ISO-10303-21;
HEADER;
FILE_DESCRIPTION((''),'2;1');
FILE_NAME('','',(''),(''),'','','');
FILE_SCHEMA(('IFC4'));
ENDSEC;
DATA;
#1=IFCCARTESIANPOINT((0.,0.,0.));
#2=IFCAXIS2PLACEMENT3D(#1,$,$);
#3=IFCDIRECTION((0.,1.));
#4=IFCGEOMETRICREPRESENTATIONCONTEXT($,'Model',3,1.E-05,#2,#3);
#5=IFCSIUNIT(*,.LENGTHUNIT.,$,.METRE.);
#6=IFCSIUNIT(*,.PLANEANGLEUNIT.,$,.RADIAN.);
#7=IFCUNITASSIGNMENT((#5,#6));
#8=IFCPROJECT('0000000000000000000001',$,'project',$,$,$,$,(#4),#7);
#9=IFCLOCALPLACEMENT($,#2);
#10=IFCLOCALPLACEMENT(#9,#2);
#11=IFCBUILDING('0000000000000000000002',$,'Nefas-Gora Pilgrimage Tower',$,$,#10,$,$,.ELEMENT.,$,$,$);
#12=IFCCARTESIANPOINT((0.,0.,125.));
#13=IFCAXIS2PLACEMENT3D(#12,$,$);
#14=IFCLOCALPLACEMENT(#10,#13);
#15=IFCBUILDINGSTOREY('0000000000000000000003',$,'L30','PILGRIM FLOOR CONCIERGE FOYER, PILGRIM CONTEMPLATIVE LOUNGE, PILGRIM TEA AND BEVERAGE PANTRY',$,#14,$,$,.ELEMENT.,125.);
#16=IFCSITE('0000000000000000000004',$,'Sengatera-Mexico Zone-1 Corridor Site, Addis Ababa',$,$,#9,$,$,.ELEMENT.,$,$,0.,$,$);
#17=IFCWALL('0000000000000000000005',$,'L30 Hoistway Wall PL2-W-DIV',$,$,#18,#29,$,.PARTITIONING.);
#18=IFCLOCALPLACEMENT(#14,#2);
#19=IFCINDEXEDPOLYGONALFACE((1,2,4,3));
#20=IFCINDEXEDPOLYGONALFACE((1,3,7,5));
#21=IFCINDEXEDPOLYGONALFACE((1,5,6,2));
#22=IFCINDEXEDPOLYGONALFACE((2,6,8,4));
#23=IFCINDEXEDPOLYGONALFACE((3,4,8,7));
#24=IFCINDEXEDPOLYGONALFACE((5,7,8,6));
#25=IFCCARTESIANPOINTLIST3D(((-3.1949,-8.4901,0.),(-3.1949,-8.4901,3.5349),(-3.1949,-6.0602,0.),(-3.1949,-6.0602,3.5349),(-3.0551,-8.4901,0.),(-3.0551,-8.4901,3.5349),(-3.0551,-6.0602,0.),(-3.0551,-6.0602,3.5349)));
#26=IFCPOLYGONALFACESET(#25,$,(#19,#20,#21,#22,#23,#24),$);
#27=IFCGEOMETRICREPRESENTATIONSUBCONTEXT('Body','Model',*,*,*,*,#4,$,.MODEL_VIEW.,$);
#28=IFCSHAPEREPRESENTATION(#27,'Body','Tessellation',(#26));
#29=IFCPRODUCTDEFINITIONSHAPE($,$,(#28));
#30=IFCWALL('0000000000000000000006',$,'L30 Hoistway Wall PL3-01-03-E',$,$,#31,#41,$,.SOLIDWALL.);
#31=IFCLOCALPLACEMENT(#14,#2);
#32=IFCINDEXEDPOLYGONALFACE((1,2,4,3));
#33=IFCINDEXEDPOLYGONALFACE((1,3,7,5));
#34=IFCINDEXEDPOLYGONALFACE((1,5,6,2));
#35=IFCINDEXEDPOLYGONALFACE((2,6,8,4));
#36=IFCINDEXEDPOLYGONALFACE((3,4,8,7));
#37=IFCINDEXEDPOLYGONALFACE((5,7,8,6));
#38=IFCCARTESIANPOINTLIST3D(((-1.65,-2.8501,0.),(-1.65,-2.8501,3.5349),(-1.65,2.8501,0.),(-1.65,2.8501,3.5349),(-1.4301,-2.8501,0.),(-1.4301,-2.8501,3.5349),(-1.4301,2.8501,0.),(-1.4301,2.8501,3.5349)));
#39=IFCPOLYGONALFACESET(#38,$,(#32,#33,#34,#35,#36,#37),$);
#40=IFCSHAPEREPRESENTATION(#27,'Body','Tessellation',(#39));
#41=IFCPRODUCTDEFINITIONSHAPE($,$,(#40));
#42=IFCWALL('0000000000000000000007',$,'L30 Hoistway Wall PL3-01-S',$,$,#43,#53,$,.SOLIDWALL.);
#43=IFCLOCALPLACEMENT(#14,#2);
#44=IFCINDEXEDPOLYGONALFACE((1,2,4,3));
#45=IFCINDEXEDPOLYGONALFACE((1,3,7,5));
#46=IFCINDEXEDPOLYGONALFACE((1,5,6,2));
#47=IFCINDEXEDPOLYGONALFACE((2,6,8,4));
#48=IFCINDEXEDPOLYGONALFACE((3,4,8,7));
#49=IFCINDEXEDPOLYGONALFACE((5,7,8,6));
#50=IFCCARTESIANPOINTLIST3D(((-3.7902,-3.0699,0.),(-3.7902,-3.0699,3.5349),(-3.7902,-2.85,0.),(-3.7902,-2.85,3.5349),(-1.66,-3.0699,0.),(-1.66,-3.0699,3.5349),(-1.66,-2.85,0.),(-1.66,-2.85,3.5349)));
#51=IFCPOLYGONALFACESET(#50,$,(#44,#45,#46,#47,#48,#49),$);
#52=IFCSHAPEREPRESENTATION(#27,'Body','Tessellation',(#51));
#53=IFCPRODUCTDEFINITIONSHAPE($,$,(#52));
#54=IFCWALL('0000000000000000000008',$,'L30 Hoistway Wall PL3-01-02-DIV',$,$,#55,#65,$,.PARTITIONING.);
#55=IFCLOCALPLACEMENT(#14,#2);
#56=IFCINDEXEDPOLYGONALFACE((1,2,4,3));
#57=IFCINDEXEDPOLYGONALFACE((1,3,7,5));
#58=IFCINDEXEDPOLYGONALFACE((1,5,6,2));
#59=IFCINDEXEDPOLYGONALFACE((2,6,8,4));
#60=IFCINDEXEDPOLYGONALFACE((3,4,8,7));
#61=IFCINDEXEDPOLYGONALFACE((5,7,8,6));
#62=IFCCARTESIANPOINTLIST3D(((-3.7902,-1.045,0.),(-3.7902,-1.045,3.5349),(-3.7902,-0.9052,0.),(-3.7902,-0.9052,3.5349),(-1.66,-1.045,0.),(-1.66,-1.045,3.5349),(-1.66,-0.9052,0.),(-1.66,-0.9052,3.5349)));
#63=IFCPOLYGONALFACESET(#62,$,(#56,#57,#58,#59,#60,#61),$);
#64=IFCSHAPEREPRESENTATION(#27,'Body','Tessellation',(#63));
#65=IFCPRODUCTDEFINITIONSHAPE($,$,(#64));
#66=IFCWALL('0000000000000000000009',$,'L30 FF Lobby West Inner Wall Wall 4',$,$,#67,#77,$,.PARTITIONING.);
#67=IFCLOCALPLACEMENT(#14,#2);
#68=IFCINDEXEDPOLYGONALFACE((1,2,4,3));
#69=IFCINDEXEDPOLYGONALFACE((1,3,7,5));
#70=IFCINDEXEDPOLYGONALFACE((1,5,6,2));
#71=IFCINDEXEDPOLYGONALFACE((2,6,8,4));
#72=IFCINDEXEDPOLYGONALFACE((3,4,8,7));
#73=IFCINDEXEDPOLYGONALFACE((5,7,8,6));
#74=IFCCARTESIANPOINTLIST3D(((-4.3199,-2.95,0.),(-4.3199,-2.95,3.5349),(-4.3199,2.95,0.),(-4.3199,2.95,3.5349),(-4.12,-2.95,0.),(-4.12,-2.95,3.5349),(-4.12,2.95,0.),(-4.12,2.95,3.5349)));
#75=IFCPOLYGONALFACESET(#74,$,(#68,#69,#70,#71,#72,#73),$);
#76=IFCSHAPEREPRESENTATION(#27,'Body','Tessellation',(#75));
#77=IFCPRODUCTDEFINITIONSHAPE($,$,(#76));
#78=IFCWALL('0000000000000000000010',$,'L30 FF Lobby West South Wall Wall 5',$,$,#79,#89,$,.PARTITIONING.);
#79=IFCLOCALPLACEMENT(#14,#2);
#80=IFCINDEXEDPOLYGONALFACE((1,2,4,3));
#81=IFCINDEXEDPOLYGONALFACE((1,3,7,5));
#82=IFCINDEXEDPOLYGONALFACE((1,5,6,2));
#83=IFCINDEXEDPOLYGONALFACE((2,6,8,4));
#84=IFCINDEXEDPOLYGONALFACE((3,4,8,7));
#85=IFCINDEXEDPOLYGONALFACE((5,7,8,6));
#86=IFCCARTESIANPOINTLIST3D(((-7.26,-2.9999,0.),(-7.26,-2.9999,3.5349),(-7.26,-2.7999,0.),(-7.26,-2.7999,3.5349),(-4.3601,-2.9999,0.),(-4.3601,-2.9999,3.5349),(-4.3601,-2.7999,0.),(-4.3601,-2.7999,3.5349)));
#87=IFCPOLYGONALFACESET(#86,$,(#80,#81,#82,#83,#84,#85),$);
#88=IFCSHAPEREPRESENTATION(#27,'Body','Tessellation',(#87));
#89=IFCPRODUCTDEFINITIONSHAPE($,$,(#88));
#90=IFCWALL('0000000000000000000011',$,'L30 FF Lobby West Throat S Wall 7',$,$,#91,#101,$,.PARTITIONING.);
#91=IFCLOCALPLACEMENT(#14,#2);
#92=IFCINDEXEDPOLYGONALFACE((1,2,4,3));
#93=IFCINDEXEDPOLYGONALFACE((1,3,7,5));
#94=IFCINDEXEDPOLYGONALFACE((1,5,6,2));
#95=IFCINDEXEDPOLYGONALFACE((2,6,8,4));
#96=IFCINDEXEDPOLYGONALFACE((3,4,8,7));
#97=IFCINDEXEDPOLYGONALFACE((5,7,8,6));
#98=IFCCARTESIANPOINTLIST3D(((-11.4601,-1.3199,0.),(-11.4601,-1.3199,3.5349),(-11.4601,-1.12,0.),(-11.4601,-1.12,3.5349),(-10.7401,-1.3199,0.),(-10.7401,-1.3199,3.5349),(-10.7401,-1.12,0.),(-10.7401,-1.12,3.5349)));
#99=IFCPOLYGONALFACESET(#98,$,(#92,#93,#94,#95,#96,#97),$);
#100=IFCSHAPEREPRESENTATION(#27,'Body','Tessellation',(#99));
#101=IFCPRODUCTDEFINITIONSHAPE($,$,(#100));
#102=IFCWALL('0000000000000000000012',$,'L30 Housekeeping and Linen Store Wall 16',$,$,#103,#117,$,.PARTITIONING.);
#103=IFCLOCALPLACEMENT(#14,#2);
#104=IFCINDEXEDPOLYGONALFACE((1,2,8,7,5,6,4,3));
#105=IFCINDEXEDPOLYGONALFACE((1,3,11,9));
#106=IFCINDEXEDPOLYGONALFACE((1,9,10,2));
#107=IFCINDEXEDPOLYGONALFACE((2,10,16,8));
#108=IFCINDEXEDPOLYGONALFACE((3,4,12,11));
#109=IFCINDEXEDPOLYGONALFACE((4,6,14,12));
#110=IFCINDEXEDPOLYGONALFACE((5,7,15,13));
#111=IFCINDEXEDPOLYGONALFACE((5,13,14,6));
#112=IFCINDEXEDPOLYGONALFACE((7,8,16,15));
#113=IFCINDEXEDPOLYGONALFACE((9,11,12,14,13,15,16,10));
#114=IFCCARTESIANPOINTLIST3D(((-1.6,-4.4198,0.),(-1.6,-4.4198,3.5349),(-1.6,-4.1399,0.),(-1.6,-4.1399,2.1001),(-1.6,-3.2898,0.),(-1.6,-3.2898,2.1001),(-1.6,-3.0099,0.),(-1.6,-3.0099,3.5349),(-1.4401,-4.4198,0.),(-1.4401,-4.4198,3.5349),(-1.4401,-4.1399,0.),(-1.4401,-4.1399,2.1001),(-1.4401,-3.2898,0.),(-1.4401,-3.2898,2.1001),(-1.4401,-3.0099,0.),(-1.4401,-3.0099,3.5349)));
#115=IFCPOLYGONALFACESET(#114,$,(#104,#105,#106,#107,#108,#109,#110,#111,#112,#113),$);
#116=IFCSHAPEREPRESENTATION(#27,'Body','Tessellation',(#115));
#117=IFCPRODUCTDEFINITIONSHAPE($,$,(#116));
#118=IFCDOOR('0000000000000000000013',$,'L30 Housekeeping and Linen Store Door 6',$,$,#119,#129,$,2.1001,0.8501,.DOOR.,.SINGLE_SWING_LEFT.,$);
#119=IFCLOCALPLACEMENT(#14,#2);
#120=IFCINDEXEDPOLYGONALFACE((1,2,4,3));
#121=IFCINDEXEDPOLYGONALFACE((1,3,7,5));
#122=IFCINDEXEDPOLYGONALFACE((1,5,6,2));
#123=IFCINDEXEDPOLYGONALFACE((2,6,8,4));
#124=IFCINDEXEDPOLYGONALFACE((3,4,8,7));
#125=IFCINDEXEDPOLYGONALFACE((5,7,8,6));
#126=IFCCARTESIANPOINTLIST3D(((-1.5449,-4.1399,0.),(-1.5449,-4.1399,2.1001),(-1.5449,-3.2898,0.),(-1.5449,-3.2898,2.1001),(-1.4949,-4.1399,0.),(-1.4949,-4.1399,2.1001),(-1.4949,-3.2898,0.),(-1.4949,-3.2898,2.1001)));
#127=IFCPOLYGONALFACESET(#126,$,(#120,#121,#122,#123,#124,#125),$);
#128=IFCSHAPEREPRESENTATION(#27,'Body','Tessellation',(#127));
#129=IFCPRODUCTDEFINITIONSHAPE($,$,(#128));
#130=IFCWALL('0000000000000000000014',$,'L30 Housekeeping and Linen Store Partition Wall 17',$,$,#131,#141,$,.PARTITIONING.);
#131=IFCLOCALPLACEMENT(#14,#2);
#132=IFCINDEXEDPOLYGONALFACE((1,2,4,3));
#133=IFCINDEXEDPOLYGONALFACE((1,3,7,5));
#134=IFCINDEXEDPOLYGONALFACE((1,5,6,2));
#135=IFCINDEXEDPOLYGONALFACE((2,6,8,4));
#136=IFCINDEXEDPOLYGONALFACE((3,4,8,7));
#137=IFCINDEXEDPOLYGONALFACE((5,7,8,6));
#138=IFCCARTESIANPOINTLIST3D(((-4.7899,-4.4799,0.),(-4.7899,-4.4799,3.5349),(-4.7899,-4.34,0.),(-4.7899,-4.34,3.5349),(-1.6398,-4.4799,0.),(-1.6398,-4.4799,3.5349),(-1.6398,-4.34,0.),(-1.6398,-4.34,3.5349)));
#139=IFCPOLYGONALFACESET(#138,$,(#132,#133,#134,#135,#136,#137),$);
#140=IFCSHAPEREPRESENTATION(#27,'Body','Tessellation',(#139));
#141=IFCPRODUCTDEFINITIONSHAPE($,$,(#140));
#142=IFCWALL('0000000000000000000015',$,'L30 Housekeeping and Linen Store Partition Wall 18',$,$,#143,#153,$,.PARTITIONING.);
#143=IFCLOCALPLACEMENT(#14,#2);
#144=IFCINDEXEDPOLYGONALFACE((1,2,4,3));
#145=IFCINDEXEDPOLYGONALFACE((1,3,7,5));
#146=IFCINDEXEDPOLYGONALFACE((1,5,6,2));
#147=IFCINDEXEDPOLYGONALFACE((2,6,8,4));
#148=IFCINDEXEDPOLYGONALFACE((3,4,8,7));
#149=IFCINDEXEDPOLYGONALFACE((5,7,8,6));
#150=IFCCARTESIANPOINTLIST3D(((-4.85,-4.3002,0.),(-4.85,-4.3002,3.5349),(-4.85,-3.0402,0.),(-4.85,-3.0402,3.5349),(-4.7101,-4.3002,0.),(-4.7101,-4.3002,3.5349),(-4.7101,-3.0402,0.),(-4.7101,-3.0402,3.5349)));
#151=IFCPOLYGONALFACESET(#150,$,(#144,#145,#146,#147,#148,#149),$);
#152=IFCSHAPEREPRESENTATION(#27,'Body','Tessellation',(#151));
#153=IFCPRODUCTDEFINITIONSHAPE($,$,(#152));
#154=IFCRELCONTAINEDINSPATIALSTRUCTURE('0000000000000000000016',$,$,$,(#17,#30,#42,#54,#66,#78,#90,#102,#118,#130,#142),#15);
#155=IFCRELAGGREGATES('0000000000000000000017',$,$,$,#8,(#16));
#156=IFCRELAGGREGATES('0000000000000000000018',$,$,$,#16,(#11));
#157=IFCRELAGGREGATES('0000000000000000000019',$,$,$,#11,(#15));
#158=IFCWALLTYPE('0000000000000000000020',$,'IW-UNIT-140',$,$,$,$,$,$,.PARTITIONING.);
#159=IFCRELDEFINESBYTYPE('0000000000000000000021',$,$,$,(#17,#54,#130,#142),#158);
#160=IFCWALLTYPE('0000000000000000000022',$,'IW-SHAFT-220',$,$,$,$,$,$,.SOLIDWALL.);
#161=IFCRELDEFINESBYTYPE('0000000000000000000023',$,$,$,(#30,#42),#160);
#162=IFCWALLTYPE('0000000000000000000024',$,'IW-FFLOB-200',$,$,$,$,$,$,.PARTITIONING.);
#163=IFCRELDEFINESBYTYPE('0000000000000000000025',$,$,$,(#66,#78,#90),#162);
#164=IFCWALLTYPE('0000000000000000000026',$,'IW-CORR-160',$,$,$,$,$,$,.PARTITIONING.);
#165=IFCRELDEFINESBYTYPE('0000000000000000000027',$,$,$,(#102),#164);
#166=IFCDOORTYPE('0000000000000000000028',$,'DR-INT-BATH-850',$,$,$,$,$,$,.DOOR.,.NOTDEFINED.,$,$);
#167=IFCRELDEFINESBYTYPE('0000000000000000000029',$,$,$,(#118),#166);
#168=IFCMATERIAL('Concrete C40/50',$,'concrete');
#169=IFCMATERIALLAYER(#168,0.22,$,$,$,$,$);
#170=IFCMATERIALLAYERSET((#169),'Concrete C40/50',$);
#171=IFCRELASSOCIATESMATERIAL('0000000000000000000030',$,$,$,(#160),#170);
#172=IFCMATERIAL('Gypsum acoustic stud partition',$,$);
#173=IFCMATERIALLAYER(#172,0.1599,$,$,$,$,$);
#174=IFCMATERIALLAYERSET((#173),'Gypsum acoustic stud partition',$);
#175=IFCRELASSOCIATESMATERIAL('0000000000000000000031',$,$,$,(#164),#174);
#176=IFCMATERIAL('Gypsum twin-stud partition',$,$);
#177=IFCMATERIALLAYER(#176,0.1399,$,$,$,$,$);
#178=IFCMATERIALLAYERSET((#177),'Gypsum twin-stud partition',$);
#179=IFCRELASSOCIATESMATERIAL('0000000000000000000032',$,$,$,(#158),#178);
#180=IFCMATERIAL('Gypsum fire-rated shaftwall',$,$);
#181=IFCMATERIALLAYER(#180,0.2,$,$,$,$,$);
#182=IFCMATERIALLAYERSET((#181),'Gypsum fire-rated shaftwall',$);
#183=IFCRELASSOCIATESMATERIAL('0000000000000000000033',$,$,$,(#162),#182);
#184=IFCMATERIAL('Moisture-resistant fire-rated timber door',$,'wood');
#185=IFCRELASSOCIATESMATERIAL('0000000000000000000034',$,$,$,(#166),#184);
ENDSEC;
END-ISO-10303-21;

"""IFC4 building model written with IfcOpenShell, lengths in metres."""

from ifc_helpers import new_model, si_unit, direction, frame, frame_2d, origin, place, context, subcontext, project, spatial, rectangle, extrude, source, transform, mapped, material, layer, layer_set, type_object, element, fill, save


model = new_model("IFC4")

# Units and contexts
model_context = context("Model", 3, precision=1e-05, world=origin(), true_north=direction((0.0, 1.0)))
body_context = subcontext(model_context, "Body", "Model", "MODEL_VIEW")
ifc_project = project(units=[si_unit("LENGTHUNIT", "METRE"), si_unit("PLANEANGLEUNIT", "RADIAN")], contexts=[model_context])

# Site, building, storey
site_placement = place(None, origin())
site = spatial("IfcSite", under=ifc_project, at=site_placement, Name="Sengatera-Mexico Zone-1 Corridor Site, Addis Ababa", CompositionType="ELEMENT", RefElevation=0.0)
building_placement = place(site_placement, origin())
building = spatial("IfcBuilding", under=site, at=building_placement, Name="Nefas-Gora Pilgrimage Tower", CompositionType="ELEMENT")
storey_placement = place(building_placement, frame((0.0, 0.0, 125.0)))
storey = spatial("IfcBuildingStorey", under=building, at=storey_placement, Name="L30", Description="PILGRIM FLOOR CONCIERGE FOYER, PILGRIM CONTEMPLATIVE LOUNGE, PILGRIM TEA AND BEVERAGE PANTRY", CompositionType="ELEMENT", Elevation=125.0)

# Walls
ifc_material_1 = material(Name="Concrete C40/50", Category="concrete")
ifc_layer_1 = layer(ifc_material_1, 0.22)
ifc_layer_set_1 = layer_set([ifc_layer_1], Name="Concrete C40/50")
wall_type_1 = type_object("IfcWallType", Name="IW-SHAFT-220", PredefinedType="SOLIDWALL", material=ifc_layer_set_1)
ifc_material_2 = material(Name="Gypsum acoustic stud partition")
ifc_layer_2 = layer(ifc_material_2, 0.1599)
ifc_layer_set_2 = layer_set([ifc_layer_2], Name="Gypsum acoustic stud partition")
wall_type_2 = type_object("IfcWallType", Name="IW-CORR-160", PredefinedType="PARTITIONING", material=ifc_layer_set_2)
ifc_material_3 = material(Name="Gypsum twin-stud partition")
ifc_layer_3 = layer(ifc_material_3, 0.1399)
ifc_layer_set_3 = layer_set([ifc_layer_3], Name="Gypsum twin-stud partition")
wall_type_3 = type_object("IfcWallType", Name="IW-UNIT-140", PredefinedType="PARTITIONING", material=ifc_layer_set_3)
shared_shape_1 = source(origin(), body_context, "Body", "SweptSolid", [
    extrude(rectangle(XDim=2.4299, YDim=0.1399, at=frame_2d((1.2148, 0.0))), origin(), (0.0, 0.0, 1.0), 3.5349),
])
wall_1_placement = place(storey_placement, frame((-3.125, -8.49, 0.0), z_axis=(0.0, 0.0, 1.0), x_axis=(0.0, 1.0, 0.0)))
element("IfcWall", 1, at=wall_1_placement, inside=storey, type_object=wall_type_3, Name="L30 Hoistway Wall PL2-W-DIV", PredefinedType="PARTITIONING", context=body_context, shape_type="MappedRepresentation", body=[
    mapped(shared_shape_1, transform((0.0, 0.0, 0.0), x_axis=(1.0, 0.0, 0.0), y_axis=(0.0, 1.0, 0.0), z_axis=(0.0, 0.0, 1.0), scale=1.0)),
])
shared_shape_2 = source(origin(), body_context, "Body", "SweptSolid", [
    extrude(rectangle(XDim=5.7002, YDim=0.22, at=frame_2d((2.8501, 0.0))), origin(), (0.0, 0.0, 1.0), 3.5349),
])
wall_2_placement = place(storey_placement, frame((-1.54, -2.8501, 0.0), z_axis=(0.0, 0.0, 1.0), x_axis=(0.0, 1.0, 0.0)))
element("IfcWall", 2, at=wall_2_placement, inside=storey, type_object=wall_type_1, Name="L30 Hoistway Wall PL3-01-03-E", PredefinedType="SOLIDWALL", context=body_context, shape_type="MappedRepresentation", body=[
    mapped(shared_shape_2, transform((0.0, 0.0, 0.0), x_axis=(1.0, 0.0, 0.0), y_axis=(0.0, 1.0, 0.0), z_axis=(0.0, 0.0, 1.0), scale=1.0)),
])
shared_shape_3 = source(origin(), body_context, "Body", "SweptSolid", [
    extrude(rectangle(XDim=2.1301, YDim=0.22, at=frame_2d((1.0649, 0.0))), origin(), (0.0, 0.0, 1.0), 3.5349),
])
wall_3_placement = place(storey_placement, frame((-3.79, -2.96, 0.0), z_axis=(0.0, 0.0, 1.0), x_axis=(1.0, 0.0, 0.0)))
element("IfcWall", 3, at=wall_3_placement, inside=storey, type_object=wall_type_1, Name="L30 Hoistway Wall PL3-01-S", PredefinedType="SOLIDWALL", context=body_context, shape_type="MappedRepresentation", body=[
    mapped(shared_shape_3, transform((0.0, 0.0, 0.0), x_axis=(1.0, 0.0, 0.0), y_axis=(0.0, 1.0, 0.0), z_axis=(0.0, 0.0, 1.0), scale=1.0)),
])
shared_shape_4 = source(origin(), body_context, "Body", "SweptSolid", [
    extrude(rectangle(XDim=2.1301, YDim=0.1399, at=frame_2d((1.0649, 0.0))), origin(), (0.0, 0.0, 1.0), 3.5349),
])
wall_4_placement = place(storey_placement, frame((-3.79, -0.9751, 0.0), z_axis=(0.0, 0.0, 1.0), x_axis=(1.0, 0.0, 0.0)))
element("IfcWall", 4, at=wall_4_placement, inside=storey, type_object=wall_type_3, Name="L30 Hoistway Wall PL3-01-02-DIV", PredefinedType="PARTITIONING", context=body_context, shape_type="MappedRepresentation", body=[
    mapped(shared_shape_4, transform((0.0, 0.0, 0.0), x_axis=(1.0, 0.0, 0.0), y_axis=(0.0, 1.0, 0.0), z_axis=(0.0, 0.0, 1.0), scale=1.0)),
])

# Shared definitions
ifc_material_4 = material(Name="Gypsum fire-rated shaftwall")
ifc_layer_4 = layer(ifc_material_4, 0.2)
ifc_layer_set_4 = layer_set([ifc_layer_4], Name="Gypsum fire-rated shaftwall")
wall_type_4 = type_object("IfcWallType", Name="IW-FFLOB-200", PredefinedType="PARTITIONING", material=ifc_layer_set_4)

# Walls
shared_shape_5 = source(origin(), body_context, "Body", "SweptSolid", [
    extrude(rectangle(XDim=5.8999, YDim=0.2, at=frame_2d((2.95, 0.0))), origin(), (0.0, 0.0, 1.0), 3.5349),
])
wall_5_placement = place(storey_placement, frame((-4.22, -2.95, 0.0), z_axis=(0.0, 0.0, 1.0), x_axis=(0.0, 1.0, 0.0)))
element("IfcWall", 5, at=wall_5_placement, inside=storey, type_object=wall_type_4, Name="L30 FF Lobby West Inner Wall Wall 4", PredefinedType="PARTITIONING", context=body_context, shape_type="MappedRepresentation", body=[
    mapped(shared_shape_5, transform((0.0, 0.0, 0.0), x_axis=(1.0, 0.0, 0.0), y_axis=(0.0, 1.0, 0.0), z_axis=(0.0, 0.0, 1.0), scale=1.0)),
])
shared_shape_6 = source(origin(), body_context, "Body", "SweptSolid", [
    extrude(rectangle(XDim=2.8999, YDim=0.2, at=frame_2d((1.45, 0.0))), origin(), (0.0, 0.0, 1.0), 3.5349),
])
wall_6_placement = place(storey_placement, frame((-7.26, -2.8999, 0.0), z_axis=(0.0, 0.0, 1.0), x_axis=(1.0, 0.0, 0.0)))
element("IfcWall", 6, at=wall_6_placement, inside=storey, type_object=wall_type_4, Name="L30 FF Lobby West South Wall Wall 5", PredefinedType="PARTITIONING", context=body_context, shape_type="MappedRepresentation", body=[
    mapped(shared_shape_6, transform((0.0, 0.0, 0.0), x_axis=(1.0, 0.0, 0.0), y_axis=(0.0, 1.0, 0.0), z_axis=(0.0, 0.0, 1.0), scale=1.0)),
])
shared_shape_7 = source(origin(), body_context, "Body", "SweptSolid", [
    extrude(rectangle(XDim=0.72, YDim=0.2, at=frame_2d((0.3599, 0.0))), origin(), (0.0, 0.0, 1.0), 3.5349),
])
wall_7_placement = place(storey_placement, frame((-11.46, -1.22, 0.0), z_axis=(0.0, 0.0, 1.0), x_axis=(1.0, 0.0, 0.0)))
element("IfcWall", 7, at=wall_7_placement, inside=storey, type_object=wall_type_4, Name="L30 FF Lobby West Throat S Wall 7", PredefinedType="PARTITIONING", context=body_context, shape_type="MappedRepresentation", body=[
    mapped(shared_shape_7, transform((0.0, 0.0, 0.0), x_axis=(1.0, 0.0, 0.0), y_axis=(0.0, 1.0, 0.0), z_axis=(0.0, 0.0, 1.0), scale=1.0)),
])

# Wall, opening, door
shared_shape_8 = source(origin(), body_context, "Body", "SweptSolid", [
    extrude(rectangle(XDim=1.4099, YDim=0.1599, at=frame_2d((0.7051, 0.0))), origin(), (0.0, 0.0, 1.0), 3.5349),
])
wall_8_placement = place(storey_placement, frame((-1.52, -4.4199, 0.0), z_axis=(0.0, 0.0, 1.0), x_axis=(0.0, 1.0, 0.0)))
wall_8 = element("IfcWall", 8, at=wall_8_placement, inside=storey, type_object=wall_type_2, Name="L30 Housekeeping and Linen Store Wall 16", PredefinedType="PARTITIONING", context=body_context, shape_type="MappedRepresentation", body=[
    mapped(shared_shape_8, transform((0.0, 0.0, 0.0), x_axis=(1.0, 0.0, 0.0), y_axis=(0.0, 1.0, 0.0), z_axis=(0.0, 0.0, 1.0), scale=1.0)),
])
opening_1_placement = place(wall_8_placement, frame((0.28, 0.0, 0.0)))
opening_1 = element("IfcOpeningElement", 9, at=opening_1_placement, cuts=wall_8, PredefinedType="OPENING", context=body_context, shape_type="SweptSolid", body=[
    extrude(rectangle(XDim=0.8501, YDim=2.1001, at=frame_2d((0.425, 1.05))), frame((0.0, 0.0898, 0.0), z_axis=(0.0, -1.0, 0.0), x_axis=(1.0, 0.0, 0.0)), (0.0, 0.0, 1.0), 0.1799),
])
ifc_material_5 = material(Name="Moisture-resistant fire-rated timber door", Category="wood")
door_type_1 = type_object("IfcDoorType", Name="DR-INT-BATH-850", OperationType="NOTDEFINED", PredefinedType="DOOR", material=ifc_material_5)
shared_shape_9 = source(origin(), body_context, "Body", "SweptSolid", [
    extrude(rectangle(XDim=0.8501, YDim=2.1001, at=frame_2d((0.425, 1.05))), frame((0.0, 0.0249, 0.0), z_axis=(0.0, -1.0, 0.0), x_axis=(1.0, 0.0, 0.0)), (0.0, 0.0, 1.0), 0.05),
])
door_1_placement = place(opening_1_placement, origin())
door_1 = element("IfcDoor", 10, at=door_1_placement, inside=storey, type_object=door_type_1, Name="L30 Housekeeping and Linen Store Door 6", OperationType="SINGLE_SWING_LEFT", OverallHeight=2.1001, OverallWidth=0.8501, PredefinedType="DOOR", context=body_context, shape_type="MappedRepresentation", body=[
    mapped(shared_shape_9, transform((0.0, 0.0, 0.0), x_axis=(1.0, 0.0, 0.0), y_axis=(0.0, 1.0, 0.0), z_axis=(0.0, 0.0, 1.0), scale=1.0)),
])
fill(opening_1, door_1)

# Walls
shared_shape_10 = source(origin(), body_context, "Body", "SweptSolid", [
    extrude(rectangle(XDim=3.1501, YDim=0.1399, at=frame_2d((1.5752, 0.0))), origin(), (0.0, 0.0, 1.0), 3.5349),
])
wall_9_placement = place(storey_placement, frame((-4.79, -4.4099, 0.0), z_axis=(0.0, 0.0, 1.0), x_axis=(1.0, 0.0, 0.0)))
element("IfcWall", 11, at=wall_9_placement, inside=storey, type_object=wall_type_3, Name="L30 Housekeeping and Linen Store Partition Wall 17", PredefinedType="PARTITIONING", context=body_context, shape_type="MappedRepresentation", body=[
    mapped(shared_shape_10, transform((0.0, 0.0, 0.0), x_axis=(1.0, 0.0, 0.0), y_axis=(0.0, 1.0, 0.0), z_axis=(0.0, 0.0, 1.0), scale=1.0)),
])
shared_shape_11 = source(origin(), body_context, "Body", "SweptSolid", [
    extrude(rectangle(XDim=1.26, YDim=0.1399, at=frame_2d((0.6299, 0.0))), origin(), (0.0, 0.0, 1.0), 3.5349),
])
wall_10_placement = place(storey_placement, frame((-4.78, -4.3, 0.0), z_axis=(0.0, 0.0, 1.0), x_axis=(0.0, 1.0, 0.0)))
element("IfcWall", 12, at=wall_10_placement, inside=storey, type_object=wall_type_3, Name="L30 Housekeeping and Linen Store Partition Wall 18", PredefinedType="PARTITIONING", context=body_context, shape_type="MappedRepresentation", body=[
    mapped(shared_shape_11, transform((0.0, 0.0, 0.0), x_axis=(1.0, 0.0, 0.0), y_axis=(0.0, 1.0, 0.0), z_axis=(0.0, 0.0, 1.0), scale=1.0)),
])

save(model, "model.ifc")
